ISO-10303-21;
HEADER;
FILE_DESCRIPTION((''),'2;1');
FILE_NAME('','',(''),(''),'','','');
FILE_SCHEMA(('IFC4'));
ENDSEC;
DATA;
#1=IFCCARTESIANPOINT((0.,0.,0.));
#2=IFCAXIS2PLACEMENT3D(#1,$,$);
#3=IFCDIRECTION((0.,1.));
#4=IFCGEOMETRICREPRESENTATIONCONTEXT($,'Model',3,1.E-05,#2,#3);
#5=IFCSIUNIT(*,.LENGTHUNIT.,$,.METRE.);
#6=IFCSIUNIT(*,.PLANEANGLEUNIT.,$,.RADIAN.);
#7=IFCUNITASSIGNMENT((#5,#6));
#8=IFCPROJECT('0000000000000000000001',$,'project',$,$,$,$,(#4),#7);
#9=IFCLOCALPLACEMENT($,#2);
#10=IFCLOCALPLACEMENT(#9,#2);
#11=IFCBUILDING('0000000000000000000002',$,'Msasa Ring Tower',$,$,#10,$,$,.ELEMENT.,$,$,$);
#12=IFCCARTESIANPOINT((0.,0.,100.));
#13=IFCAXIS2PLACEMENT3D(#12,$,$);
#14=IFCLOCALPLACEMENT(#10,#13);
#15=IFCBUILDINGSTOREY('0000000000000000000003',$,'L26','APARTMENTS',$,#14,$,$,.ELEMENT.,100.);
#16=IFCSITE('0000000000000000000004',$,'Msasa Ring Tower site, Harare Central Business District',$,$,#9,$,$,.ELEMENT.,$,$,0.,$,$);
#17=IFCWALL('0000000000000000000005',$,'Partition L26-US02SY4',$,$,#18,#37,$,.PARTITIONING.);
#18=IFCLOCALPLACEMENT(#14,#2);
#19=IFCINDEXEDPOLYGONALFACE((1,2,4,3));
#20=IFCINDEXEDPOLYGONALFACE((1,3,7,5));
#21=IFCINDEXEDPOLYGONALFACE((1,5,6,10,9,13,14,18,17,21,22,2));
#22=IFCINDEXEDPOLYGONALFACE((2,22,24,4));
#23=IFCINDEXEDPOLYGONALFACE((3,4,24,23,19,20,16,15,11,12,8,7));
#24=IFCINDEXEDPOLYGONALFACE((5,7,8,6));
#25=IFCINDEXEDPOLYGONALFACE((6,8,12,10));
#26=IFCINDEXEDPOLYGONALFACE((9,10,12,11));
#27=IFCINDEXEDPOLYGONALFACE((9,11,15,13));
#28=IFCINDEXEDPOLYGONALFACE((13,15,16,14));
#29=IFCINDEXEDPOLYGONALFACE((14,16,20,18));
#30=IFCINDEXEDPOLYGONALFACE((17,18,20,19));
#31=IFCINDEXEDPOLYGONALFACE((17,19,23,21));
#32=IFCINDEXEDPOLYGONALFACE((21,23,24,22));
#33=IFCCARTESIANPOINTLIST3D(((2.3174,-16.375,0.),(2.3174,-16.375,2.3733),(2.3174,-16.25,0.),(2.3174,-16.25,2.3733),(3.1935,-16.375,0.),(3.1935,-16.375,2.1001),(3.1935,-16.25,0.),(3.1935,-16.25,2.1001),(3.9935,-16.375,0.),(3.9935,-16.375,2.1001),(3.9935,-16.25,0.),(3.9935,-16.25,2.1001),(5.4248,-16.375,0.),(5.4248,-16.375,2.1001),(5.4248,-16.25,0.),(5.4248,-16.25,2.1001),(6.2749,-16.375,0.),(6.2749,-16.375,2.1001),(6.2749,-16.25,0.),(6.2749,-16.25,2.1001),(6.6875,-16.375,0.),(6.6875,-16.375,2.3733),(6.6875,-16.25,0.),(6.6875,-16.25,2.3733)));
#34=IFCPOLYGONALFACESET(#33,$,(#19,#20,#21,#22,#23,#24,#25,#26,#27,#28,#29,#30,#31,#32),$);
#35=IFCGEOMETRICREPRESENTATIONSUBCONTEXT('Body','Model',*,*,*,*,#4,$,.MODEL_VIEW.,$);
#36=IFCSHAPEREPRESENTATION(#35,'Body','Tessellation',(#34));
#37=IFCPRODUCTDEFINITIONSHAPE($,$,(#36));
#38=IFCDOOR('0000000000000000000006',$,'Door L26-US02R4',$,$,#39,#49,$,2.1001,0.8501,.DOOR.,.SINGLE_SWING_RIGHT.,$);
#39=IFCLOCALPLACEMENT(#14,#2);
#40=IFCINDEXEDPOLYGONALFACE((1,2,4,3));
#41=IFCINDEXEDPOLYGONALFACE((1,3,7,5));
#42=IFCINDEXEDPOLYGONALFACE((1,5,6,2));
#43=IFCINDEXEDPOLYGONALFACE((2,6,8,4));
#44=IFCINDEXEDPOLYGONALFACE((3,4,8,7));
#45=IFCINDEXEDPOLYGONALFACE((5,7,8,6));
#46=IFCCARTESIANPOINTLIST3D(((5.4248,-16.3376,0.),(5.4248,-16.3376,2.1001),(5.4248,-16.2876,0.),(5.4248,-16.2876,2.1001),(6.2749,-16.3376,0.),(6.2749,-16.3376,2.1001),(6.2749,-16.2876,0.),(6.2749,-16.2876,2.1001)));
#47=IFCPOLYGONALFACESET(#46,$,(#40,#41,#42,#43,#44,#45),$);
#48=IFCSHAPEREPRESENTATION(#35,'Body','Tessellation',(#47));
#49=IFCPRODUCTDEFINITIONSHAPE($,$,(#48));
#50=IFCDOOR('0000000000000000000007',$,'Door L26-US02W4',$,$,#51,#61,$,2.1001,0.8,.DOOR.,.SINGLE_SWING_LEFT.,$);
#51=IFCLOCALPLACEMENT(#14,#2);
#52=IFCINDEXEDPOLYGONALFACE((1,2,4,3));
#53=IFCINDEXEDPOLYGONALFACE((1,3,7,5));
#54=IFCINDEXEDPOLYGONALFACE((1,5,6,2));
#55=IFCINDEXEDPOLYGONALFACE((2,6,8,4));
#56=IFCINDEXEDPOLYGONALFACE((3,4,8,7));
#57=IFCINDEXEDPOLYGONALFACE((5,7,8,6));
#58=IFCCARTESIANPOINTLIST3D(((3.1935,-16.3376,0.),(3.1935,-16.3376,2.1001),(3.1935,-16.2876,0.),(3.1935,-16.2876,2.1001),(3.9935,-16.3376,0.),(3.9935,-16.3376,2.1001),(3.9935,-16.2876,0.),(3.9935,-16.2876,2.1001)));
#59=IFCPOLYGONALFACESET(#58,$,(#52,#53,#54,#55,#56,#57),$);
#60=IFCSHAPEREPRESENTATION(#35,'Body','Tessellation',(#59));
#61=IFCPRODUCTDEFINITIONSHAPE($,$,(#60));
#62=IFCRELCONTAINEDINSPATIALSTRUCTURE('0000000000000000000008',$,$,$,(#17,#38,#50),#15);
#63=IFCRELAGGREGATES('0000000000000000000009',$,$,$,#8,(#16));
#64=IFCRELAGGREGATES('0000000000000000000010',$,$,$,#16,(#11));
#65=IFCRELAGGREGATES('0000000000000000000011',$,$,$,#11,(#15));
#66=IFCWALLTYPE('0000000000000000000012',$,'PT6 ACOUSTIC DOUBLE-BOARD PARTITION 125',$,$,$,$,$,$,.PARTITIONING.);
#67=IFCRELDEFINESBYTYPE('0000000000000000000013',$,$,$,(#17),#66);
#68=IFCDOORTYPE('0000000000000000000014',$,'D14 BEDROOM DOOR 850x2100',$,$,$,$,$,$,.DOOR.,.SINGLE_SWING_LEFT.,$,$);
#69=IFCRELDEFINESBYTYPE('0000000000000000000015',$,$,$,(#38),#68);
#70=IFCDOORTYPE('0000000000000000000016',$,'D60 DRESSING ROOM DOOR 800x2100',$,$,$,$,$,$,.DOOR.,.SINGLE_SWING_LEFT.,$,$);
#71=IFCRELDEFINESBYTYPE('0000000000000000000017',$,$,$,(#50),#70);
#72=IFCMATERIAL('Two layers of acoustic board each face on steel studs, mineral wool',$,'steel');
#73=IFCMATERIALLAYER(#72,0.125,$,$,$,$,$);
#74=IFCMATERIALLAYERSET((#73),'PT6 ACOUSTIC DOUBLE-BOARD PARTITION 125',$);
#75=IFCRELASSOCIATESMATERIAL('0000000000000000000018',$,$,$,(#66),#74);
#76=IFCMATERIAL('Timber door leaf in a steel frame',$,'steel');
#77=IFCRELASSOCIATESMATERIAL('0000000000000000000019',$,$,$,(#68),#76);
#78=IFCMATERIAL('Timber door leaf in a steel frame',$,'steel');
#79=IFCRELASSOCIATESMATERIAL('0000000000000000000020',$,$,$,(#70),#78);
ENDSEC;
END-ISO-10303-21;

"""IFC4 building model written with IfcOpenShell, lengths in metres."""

from ifc_helpers import new_model, si_unit, direction, frame, frame_2d, origin, place, context, subcontext, project, spatial, rectangle, extrude, material, layer, layer_set, type_object, element, fill, save


model = new_model("IFC4")

# Units and contexts
model_context = context("Model", 3, precision=1e-05, world=origin(), true_north=direction((0.0, 1.0)))
body_context = subcontext(model_context, "Body", "Model", "MODEL_VIEW")
ifc_project = project(units=[si_unit("LENGTHUNIT", "METRE"), si_unit("PLANEANGLEUNIT", "RADIAN")], contexts=[model_context])

# Site, building, storey
site_placement = place(None, origin())
site = spatial("IfcSite", under=ifc_project, at=site_placement, Name="Msasa Ring Tower site, Harare Central Business District", CompositionType="ELEMENT", RefElevation=0.0)
building_placement = place(site_placement, origin())
building = spatial("IfcBuilding", under=site, at=building_placement, Name="Msasa Ring Tower", CompositionType="ELEMENT")
storey_placement = place(building_placement, frame((0.0, 0.0, 100.0)))
storey = spatial("IfcBuildingStorey", under=building, at=storey_placement, Name="L26", Description="APARTMENTS", CompositionType="ELEMENT", Elevation=100.0)

# Shared definitions
ifc_material_1 = material(Name="Two layers of acoustic board each face on steel studs, mineral wool", Category="steel")
ifc_layer_1 = layer(ifc_material_1, 0.125)
ifc_layer_set_1 = layer_set([ifc_layer_1], Name="PT6 ACOUSTIC DOUBLE-BOARD PARTITION 125")
wall_type_1 = type_object("IfcWallType", Name="PT6 ACOUSTIC DOUBLE-BOARD PARTITION 125", PredefinedType="PARTITIONING", material=ifc_layer_set_1)

# Shared definitions
ifc_material_2 = material(Name="Timber door leaf in a steel frame", Category="steel")
door_type_1 = type_object("IfcDoorType", Name="D14 BEDROOM DOOR 850x2100", OperationType="SINGLE_SWING_LEFT", PredefinedType="DOOR", material=ifc_material_2)
ifc_material_3 = material(Name="Timber door leaf in a steel frame", Category="steel")
door_type_2 = type_object("IfcDoorType", Name="D60 DRESSING ROOM DOOR 800x2100", OperationType="SINGLE_SWING_LEFT", PredefinedType="DOOR", material=ifc_material_3)

# Wall, openings, doors
wall_1_placement = place(storey_placement, frame((2.3174, -16.3125, 0.0), z_axis=(0.0, 0.0, 1.0), x_axis=(1.0, 0.0, 0.0)))
wall_1 = element("IfcWall", 1, at=wall_1_placement, inside=storey, type_object=wall_type_1, Name="Partition L26-US02SY4", PredefinedType="PARTITIONING", context=body_context, shape_type="SweptSolid", body=[
    extrude(rectangle(XDim=4.3701, YDim=0.125, at=frame_2d((2.1851, 0.0))), origin(), (0.0, 0.0, 1.0), 2.3733),
])
opening_1_placement = place(wall_1_placement, frame((3.1074, 0.0, 0.0)))
opening_1 = element("IfcOpeningElement", 2, at=opening_1_placement, cuts=wall_1, PredefinedType="OPENING", context=body_context, shape_type="SweptSolid", body=[
    extrude(rectangle(XDim=0.8501, YDim=2.1001, at=frame_2d((0.425, 1.05))), frame((0.0, 0.0725, 0.0), z_axis=(0.0, -1.0, 0.0), x_axis=(1.0, 0.0, 0.0)), (0.0, 0.0, 1.0), 0.145),
])
opening_2_placement = place(wall_1_placement, frame((0.8762, 0.0, 0.0)))
opening_2 = element("IfcOpeningElement", 3, at=opening_2_placement, cuts=wall_1, PredefinedType="OPENING", context=body_context, shape_type="SweptSolid", body=[
    extrude(rectangle(XDim=0.8, YDim=2.1001, at=frame_2d((0.3999, 1.05))), frame((0.0, 0.0725, 0.0), z_axis=(0.0, -1.0, 0.0), x_axis=(1.0, 0.0, 0.0)), (0.0, 0.0, 1.0), 0.145),
])
door_1_placement = place(opening_1_placement, origin())
door_1 = element("IfcDoor", 4, at=door_1_placement, inside=storey, type_object=door_type_1, Name="Door L26-US02R4", OperationType="SINGLE_SWING_RIGHT", OverallHeight=2.1001, OverallWidth=0.8501, PredefinedType="DOOR", context=body_context, shape_type="SweptSolid", body=[
    extrude(rectangle(XDim=0.8501, YDim=2.1001, at=frame_2d((0.425, 1.05))), frame((0.0, 0.0249, 0.0), z_axis=(0.0, -1.0, 0.0), x_axis=(1.0, 0.0, 0.0)), (0.0, 0.0, 1.0), 0.05),
])
fill(opening_1, door_1)
door_2_placement = place(opening_2_placement, origin())
door_2 = element("IfcDoor", 5, at=door_2_placement, inside=storey, type_object=door_type_2, Name="Door L26-US02W4", OperationType="SINGLE_SWING_LEFT", OverallHeight=2.1001, OverallWidth=0.8, PredefinedType="DOOR", context=body_context, shape_type="SweptSolid", body=[
    extrude(rectangle(XDim=0.8, YDim=2.1001, at=frame_2d((0.3999, 1.05))), frame((0.0, 0.0249, 0.0), z_axis=(0.0, -1.0, 0.0), x_axis=(1.0, 0.0, 0.0)), (0.0, 0.0, 1.0), 0.05),
])
fill(opening_2, door_2)

save(model, "model.ifc")
